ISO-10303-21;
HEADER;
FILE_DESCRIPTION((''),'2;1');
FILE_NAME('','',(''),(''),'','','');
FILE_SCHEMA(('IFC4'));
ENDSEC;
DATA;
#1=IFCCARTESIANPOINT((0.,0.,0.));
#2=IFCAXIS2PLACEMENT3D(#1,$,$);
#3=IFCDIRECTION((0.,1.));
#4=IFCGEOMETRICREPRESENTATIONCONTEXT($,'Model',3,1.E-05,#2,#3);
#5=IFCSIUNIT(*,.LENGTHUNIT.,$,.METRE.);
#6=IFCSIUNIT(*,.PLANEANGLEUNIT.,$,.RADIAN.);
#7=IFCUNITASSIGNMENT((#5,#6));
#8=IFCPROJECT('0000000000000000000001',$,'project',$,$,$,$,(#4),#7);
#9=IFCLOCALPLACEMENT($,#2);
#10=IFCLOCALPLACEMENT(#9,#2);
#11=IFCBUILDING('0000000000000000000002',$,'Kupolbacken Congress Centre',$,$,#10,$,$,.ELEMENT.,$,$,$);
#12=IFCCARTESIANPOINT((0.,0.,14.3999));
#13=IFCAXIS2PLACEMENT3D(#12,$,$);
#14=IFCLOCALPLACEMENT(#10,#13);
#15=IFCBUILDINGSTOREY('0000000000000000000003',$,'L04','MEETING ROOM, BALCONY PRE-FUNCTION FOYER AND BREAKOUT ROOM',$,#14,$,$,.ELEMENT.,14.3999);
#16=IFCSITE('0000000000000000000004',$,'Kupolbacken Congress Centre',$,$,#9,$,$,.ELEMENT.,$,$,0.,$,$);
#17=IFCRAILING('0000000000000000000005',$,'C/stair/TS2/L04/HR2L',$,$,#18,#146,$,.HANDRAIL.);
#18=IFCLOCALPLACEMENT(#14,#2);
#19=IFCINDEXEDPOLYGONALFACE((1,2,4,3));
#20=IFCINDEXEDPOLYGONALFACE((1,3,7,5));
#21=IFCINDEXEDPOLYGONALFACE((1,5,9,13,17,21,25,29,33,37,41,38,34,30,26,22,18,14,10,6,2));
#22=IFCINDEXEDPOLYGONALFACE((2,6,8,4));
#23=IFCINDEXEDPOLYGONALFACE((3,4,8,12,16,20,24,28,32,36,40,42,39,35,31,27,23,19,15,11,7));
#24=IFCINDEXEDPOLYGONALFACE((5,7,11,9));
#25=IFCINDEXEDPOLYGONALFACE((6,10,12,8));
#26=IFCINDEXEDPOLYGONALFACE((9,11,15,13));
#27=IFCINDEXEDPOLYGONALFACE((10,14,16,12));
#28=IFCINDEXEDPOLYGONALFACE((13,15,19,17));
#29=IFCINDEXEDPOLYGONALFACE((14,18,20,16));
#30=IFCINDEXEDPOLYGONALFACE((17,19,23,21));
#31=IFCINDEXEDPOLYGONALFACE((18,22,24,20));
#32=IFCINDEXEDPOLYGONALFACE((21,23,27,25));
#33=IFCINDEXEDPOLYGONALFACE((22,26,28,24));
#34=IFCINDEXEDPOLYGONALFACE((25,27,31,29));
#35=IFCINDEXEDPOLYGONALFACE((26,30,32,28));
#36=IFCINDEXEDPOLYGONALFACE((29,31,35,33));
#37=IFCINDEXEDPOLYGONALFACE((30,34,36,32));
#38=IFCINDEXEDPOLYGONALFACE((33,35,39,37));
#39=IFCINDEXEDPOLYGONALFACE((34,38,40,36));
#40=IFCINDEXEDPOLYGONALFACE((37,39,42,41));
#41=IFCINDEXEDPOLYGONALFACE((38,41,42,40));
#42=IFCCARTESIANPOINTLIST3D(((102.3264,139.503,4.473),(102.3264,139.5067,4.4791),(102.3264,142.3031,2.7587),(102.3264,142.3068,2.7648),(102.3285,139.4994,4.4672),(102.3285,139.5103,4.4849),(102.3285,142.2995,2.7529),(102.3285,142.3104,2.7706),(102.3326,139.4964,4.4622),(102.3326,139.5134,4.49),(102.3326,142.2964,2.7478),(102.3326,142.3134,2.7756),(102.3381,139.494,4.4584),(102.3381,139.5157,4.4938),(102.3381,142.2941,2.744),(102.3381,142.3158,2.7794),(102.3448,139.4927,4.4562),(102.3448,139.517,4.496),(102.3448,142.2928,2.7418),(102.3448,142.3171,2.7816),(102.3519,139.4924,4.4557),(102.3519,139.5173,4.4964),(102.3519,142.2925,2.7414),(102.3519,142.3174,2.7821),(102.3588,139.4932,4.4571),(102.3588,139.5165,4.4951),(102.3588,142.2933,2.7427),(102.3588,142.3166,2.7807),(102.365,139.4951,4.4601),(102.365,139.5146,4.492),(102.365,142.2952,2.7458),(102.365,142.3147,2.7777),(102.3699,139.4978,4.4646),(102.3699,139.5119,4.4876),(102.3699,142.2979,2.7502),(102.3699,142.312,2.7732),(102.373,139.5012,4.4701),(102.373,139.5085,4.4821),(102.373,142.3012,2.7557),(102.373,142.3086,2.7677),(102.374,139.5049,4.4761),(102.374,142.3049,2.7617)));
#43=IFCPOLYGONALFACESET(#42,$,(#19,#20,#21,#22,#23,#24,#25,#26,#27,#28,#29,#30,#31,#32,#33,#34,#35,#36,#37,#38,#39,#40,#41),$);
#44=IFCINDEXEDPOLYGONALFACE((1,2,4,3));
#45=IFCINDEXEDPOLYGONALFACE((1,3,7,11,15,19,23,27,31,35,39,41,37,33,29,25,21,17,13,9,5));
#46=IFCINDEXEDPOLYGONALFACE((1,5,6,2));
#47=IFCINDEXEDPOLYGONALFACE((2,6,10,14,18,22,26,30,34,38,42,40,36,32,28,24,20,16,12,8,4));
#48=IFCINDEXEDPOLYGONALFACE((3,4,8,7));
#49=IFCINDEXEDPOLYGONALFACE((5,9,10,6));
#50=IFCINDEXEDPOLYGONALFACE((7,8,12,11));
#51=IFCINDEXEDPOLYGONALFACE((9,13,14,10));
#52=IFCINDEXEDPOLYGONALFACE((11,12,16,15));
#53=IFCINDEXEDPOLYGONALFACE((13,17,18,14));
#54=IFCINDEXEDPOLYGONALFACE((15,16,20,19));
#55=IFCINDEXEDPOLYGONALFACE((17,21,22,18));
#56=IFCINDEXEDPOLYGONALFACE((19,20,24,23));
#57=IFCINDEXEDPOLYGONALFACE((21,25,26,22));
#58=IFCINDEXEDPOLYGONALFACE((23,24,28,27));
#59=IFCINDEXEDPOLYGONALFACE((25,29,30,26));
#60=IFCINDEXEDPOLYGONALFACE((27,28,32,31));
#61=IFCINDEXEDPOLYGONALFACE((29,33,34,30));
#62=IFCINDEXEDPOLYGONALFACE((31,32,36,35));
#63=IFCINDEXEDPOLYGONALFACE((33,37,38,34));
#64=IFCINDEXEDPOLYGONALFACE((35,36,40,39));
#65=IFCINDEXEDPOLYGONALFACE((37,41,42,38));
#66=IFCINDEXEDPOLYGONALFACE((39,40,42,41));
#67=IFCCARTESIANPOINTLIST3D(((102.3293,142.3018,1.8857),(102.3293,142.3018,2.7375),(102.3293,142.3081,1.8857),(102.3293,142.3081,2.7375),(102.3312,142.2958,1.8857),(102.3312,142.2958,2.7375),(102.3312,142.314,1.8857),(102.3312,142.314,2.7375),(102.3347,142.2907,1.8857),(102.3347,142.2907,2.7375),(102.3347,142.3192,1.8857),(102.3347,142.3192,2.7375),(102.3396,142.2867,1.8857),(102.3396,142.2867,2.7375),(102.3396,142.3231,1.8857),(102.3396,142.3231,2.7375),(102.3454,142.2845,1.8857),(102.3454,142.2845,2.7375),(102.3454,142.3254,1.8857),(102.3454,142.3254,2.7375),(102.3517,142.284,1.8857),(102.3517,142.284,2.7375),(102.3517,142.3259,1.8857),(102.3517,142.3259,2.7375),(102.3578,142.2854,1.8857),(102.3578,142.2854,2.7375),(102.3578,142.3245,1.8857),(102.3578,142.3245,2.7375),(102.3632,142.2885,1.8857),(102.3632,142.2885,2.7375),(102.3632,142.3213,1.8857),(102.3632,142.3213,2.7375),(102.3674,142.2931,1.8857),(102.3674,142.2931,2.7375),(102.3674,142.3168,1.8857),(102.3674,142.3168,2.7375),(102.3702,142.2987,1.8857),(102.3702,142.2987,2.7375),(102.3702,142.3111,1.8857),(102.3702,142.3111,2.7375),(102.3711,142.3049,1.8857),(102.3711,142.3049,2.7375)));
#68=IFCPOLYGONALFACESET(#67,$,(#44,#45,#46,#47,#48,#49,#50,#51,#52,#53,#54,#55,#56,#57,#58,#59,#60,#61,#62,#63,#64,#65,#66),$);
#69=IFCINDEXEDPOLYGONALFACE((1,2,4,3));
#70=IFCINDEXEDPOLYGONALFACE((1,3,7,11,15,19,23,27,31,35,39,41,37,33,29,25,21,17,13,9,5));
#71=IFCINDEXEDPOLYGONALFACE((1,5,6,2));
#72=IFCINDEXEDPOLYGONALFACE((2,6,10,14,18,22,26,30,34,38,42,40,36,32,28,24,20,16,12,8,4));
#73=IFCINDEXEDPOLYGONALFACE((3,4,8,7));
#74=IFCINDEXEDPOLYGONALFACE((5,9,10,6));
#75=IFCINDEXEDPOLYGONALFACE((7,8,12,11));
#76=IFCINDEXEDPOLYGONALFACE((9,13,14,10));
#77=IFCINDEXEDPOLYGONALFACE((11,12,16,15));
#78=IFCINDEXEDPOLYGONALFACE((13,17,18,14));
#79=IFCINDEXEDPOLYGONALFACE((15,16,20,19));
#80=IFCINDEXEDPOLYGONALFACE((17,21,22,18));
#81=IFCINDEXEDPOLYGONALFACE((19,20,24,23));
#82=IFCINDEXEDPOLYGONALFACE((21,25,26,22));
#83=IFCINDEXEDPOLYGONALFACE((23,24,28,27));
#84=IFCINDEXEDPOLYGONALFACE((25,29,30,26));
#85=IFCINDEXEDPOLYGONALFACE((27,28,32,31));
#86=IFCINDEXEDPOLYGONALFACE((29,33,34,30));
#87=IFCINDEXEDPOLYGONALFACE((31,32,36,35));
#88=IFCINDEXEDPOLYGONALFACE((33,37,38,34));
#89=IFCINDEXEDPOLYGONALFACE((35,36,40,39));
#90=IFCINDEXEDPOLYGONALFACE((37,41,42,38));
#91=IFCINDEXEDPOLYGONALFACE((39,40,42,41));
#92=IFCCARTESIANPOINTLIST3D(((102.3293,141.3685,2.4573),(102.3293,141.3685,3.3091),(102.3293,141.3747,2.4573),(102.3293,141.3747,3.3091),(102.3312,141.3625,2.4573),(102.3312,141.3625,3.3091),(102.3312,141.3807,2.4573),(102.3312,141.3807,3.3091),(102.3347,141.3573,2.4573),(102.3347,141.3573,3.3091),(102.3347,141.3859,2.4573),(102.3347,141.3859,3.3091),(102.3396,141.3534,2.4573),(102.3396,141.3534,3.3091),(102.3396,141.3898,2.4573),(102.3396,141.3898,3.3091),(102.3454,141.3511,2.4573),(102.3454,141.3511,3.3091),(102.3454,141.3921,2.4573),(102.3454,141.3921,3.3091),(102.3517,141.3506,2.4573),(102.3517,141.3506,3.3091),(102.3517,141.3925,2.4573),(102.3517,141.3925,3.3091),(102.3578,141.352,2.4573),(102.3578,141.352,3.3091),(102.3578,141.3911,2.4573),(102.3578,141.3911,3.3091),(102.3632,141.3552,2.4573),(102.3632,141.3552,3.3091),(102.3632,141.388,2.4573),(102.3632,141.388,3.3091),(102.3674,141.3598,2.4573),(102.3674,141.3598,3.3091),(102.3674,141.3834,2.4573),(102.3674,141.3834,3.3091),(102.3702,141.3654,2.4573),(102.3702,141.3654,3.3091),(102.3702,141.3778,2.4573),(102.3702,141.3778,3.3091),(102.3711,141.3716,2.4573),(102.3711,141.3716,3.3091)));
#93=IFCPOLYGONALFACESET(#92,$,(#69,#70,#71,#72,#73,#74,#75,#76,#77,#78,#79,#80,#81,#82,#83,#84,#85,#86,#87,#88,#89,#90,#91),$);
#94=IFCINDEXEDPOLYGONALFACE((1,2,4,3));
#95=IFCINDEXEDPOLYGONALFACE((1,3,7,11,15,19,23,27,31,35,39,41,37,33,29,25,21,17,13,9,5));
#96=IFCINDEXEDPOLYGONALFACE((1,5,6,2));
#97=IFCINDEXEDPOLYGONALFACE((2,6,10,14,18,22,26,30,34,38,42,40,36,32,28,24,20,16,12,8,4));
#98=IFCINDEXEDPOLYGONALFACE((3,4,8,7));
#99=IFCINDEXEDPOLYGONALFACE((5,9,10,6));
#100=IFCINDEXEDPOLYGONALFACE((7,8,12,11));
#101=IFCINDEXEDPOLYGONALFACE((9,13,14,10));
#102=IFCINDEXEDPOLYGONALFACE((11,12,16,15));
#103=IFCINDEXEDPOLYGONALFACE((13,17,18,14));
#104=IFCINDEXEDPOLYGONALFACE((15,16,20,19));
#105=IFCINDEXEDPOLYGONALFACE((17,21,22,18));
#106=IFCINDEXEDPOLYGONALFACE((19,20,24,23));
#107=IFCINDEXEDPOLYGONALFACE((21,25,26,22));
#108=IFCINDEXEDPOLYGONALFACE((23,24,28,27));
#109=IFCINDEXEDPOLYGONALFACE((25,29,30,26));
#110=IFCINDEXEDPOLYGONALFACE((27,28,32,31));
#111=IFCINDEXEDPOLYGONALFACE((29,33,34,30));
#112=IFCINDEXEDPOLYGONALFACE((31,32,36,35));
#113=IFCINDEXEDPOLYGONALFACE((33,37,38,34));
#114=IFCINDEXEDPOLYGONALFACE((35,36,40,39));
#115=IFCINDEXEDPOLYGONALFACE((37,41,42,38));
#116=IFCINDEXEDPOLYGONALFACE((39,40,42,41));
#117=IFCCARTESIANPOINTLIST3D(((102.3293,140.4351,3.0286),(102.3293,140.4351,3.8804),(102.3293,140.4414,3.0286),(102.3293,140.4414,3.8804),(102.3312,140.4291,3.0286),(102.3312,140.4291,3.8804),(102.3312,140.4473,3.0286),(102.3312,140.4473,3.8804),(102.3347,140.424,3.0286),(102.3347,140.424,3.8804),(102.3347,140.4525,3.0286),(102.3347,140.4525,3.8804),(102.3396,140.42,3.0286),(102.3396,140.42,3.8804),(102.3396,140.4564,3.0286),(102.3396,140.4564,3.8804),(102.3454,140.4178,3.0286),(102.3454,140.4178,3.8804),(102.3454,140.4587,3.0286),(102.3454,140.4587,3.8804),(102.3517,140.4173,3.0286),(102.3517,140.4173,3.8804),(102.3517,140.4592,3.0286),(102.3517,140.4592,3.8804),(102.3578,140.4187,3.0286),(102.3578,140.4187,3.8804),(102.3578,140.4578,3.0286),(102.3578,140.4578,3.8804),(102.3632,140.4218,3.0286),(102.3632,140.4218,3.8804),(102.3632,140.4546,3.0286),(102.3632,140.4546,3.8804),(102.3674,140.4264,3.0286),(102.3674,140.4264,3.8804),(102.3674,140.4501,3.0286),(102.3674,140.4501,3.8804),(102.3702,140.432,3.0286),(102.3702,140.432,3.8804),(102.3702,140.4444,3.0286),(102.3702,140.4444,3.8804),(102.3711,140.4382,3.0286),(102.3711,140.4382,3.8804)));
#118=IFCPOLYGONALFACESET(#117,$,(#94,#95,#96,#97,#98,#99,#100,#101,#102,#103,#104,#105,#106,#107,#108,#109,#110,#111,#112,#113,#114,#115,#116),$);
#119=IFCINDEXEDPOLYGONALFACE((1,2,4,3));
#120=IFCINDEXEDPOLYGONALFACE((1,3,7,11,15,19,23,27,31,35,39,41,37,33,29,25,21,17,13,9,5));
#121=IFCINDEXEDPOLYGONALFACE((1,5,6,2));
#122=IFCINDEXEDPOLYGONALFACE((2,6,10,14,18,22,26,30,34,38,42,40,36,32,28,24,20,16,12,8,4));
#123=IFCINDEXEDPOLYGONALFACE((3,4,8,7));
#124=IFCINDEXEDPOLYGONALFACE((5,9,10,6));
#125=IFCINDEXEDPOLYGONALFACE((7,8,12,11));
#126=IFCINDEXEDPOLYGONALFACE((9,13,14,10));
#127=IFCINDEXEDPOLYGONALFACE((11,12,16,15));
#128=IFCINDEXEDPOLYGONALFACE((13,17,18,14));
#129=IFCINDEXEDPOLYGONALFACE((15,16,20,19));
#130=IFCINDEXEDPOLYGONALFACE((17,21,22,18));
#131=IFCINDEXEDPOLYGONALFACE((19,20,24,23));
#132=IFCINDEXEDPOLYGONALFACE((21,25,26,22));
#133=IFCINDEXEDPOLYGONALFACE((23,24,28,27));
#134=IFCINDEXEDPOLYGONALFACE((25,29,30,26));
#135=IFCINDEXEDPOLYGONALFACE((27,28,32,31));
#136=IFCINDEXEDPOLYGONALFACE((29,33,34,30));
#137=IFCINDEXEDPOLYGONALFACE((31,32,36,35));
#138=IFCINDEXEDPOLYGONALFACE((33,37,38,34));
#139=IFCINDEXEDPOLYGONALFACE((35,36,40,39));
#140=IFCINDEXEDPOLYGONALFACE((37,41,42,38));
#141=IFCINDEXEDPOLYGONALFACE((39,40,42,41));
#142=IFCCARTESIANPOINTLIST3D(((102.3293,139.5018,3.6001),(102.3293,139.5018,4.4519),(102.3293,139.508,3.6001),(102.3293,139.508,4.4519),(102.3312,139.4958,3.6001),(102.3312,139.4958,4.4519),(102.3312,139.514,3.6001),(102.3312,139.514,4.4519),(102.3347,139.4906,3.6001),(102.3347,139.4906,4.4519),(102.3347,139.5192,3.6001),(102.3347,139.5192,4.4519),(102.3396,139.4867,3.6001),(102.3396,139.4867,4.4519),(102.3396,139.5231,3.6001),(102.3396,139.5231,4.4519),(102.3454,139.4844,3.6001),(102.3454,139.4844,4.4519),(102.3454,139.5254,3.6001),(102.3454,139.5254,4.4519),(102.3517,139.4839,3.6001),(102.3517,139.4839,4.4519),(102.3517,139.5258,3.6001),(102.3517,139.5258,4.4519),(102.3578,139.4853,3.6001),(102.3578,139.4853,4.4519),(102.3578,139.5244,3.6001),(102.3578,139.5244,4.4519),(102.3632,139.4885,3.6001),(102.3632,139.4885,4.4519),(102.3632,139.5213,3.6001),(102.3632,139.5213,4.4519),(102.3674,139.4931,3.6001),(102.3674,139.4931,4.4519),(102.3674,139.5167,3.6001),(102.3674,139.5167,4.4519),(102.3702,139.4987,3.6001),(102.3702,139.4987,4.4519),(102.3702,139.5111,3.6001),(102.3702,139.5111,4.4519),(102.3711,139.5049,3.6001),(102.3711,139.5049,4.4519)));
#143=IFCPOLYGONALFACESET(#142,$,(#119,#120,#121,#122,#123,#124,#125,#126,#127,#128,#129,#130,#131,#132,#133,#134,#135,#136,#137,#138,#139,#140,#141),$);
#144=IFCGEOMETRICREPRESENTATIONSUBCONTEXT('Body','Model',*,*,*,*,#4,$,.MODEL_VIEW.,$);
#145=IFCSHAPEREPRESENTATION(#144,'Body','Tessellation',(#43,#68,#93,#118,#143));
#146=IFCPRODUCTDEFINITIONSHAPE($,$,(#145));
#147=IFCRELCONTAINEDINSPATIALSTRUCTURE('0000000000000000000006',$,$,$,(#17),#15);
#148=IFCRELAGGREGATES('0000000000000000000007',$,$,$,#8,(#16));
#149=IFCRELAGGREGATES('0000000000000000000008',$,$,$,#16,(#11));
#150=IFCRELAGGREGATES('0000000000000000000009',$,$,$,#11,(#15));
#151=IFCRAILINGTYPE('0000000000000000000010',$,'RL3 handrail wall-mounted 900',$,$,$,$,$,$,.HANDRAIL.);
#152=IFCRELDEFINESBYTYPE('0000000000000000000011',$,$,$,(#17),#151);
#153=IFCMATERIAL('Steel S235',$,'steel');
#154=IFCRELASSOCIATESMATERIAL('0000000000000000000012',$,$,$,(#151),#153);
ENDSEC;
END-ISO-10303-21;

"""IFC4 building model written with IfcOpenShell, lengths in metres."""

from ifc_helpers import new_model, si_unit, direction, frame, origin, origin_2d, place, context, subcontext, project, spatial, circle, extrude, material, type_object, element, save


model = new_model("IFC4")

# Units and contexts
model_context = context("Model", 3, precision=1e-05, world=origin(), true_north=direction((0.0, 1.0)))
body_context = subcontext(model_context, "Body", "Model", "MODEL_VIEW")
ifc_project = project(units=[si_unit("LENGTHUNIT", "METRE"), si_unit("PLANEANGLEUNIT", "RADIAN")], contexts=[model_context])

# Site, building, storey
site_placement = place(None, origin())
site = spatial("IfcSite", under=ifc_project, at=site_placement, Name="Kupolbacken Congress Centre", CompositionType="ELEMENT", RefElevation=0.0)
building_placement = place(site_placement, origin())
building = spatial("IfcBuilding", under=site, at=building_placement, Name="Kupolbacken Congress Centre", CompositionType="ELEMENT")
storey_placement = place(building_placement, frame((0.0, 0.0, 14.3999)))
storey = spatial("IfcBuildingStorey", under=building, at=storey_placement, Name="L04", Description="MEETING ROOM, BALCONY PRE-FUNCTION FOYER AND BREAKOUT ROOM", CompositionType="ELEMENT", Elevation=14.3999)

# Railing
ifc_material_1 = material(Name="Steel S235", Category="steel")
railing_type = type_object("IfcRailingType", Name="RL3 handrail wall-mounted 900", PredefinedType="HANDRAIL", material=ifc_material_1)
for number, where, name in (
    (1, (102.3501, 142.3049, 1.8857), "C/stair/TS2/L04/HR2L"),
):
    element("IfcRailing", number, at=place(storey_placement, frame(where)), inside=storey, type_object=railing_type, Name=name, PredefinedType="HANDRAIL", context=body_context, shape_type="SweptSolid", body=[
        extrude(circle(Radius=0.0239, at=origin_2d()), frame((0.0, 0.0, 0.876), z_axis=(0.0, -0.852846, 0.522163), x_axis=(1.0, 0.0, 0.0)), (0.0, 0.0, 1.0), 3.2832),
        extrude(circle(Radius=0.021, at=origin_2d()), origin(), (0.0, 0.0, 1.0), 0.8518),
        extrude(circle(Radius=0.021, at=origin_2d()), frame((0.0, -0.9333, 0.5715)), (0.0, 0.0, 1.0), 0.8518),
        extrude(circle(Radius=0.021, at=origin_2d()), frame((0.0, -1.8667, 1.1428)), (0.0, 0.0, 1.0), 0.8518),
        extrude(circle(Radius=0.021, at=origin_2d()), frame((0.0, -2.8, 1.7144)), (0.0, 0.0, 1.0), 0.8518),
    ])

save(model, "model.ifc")
